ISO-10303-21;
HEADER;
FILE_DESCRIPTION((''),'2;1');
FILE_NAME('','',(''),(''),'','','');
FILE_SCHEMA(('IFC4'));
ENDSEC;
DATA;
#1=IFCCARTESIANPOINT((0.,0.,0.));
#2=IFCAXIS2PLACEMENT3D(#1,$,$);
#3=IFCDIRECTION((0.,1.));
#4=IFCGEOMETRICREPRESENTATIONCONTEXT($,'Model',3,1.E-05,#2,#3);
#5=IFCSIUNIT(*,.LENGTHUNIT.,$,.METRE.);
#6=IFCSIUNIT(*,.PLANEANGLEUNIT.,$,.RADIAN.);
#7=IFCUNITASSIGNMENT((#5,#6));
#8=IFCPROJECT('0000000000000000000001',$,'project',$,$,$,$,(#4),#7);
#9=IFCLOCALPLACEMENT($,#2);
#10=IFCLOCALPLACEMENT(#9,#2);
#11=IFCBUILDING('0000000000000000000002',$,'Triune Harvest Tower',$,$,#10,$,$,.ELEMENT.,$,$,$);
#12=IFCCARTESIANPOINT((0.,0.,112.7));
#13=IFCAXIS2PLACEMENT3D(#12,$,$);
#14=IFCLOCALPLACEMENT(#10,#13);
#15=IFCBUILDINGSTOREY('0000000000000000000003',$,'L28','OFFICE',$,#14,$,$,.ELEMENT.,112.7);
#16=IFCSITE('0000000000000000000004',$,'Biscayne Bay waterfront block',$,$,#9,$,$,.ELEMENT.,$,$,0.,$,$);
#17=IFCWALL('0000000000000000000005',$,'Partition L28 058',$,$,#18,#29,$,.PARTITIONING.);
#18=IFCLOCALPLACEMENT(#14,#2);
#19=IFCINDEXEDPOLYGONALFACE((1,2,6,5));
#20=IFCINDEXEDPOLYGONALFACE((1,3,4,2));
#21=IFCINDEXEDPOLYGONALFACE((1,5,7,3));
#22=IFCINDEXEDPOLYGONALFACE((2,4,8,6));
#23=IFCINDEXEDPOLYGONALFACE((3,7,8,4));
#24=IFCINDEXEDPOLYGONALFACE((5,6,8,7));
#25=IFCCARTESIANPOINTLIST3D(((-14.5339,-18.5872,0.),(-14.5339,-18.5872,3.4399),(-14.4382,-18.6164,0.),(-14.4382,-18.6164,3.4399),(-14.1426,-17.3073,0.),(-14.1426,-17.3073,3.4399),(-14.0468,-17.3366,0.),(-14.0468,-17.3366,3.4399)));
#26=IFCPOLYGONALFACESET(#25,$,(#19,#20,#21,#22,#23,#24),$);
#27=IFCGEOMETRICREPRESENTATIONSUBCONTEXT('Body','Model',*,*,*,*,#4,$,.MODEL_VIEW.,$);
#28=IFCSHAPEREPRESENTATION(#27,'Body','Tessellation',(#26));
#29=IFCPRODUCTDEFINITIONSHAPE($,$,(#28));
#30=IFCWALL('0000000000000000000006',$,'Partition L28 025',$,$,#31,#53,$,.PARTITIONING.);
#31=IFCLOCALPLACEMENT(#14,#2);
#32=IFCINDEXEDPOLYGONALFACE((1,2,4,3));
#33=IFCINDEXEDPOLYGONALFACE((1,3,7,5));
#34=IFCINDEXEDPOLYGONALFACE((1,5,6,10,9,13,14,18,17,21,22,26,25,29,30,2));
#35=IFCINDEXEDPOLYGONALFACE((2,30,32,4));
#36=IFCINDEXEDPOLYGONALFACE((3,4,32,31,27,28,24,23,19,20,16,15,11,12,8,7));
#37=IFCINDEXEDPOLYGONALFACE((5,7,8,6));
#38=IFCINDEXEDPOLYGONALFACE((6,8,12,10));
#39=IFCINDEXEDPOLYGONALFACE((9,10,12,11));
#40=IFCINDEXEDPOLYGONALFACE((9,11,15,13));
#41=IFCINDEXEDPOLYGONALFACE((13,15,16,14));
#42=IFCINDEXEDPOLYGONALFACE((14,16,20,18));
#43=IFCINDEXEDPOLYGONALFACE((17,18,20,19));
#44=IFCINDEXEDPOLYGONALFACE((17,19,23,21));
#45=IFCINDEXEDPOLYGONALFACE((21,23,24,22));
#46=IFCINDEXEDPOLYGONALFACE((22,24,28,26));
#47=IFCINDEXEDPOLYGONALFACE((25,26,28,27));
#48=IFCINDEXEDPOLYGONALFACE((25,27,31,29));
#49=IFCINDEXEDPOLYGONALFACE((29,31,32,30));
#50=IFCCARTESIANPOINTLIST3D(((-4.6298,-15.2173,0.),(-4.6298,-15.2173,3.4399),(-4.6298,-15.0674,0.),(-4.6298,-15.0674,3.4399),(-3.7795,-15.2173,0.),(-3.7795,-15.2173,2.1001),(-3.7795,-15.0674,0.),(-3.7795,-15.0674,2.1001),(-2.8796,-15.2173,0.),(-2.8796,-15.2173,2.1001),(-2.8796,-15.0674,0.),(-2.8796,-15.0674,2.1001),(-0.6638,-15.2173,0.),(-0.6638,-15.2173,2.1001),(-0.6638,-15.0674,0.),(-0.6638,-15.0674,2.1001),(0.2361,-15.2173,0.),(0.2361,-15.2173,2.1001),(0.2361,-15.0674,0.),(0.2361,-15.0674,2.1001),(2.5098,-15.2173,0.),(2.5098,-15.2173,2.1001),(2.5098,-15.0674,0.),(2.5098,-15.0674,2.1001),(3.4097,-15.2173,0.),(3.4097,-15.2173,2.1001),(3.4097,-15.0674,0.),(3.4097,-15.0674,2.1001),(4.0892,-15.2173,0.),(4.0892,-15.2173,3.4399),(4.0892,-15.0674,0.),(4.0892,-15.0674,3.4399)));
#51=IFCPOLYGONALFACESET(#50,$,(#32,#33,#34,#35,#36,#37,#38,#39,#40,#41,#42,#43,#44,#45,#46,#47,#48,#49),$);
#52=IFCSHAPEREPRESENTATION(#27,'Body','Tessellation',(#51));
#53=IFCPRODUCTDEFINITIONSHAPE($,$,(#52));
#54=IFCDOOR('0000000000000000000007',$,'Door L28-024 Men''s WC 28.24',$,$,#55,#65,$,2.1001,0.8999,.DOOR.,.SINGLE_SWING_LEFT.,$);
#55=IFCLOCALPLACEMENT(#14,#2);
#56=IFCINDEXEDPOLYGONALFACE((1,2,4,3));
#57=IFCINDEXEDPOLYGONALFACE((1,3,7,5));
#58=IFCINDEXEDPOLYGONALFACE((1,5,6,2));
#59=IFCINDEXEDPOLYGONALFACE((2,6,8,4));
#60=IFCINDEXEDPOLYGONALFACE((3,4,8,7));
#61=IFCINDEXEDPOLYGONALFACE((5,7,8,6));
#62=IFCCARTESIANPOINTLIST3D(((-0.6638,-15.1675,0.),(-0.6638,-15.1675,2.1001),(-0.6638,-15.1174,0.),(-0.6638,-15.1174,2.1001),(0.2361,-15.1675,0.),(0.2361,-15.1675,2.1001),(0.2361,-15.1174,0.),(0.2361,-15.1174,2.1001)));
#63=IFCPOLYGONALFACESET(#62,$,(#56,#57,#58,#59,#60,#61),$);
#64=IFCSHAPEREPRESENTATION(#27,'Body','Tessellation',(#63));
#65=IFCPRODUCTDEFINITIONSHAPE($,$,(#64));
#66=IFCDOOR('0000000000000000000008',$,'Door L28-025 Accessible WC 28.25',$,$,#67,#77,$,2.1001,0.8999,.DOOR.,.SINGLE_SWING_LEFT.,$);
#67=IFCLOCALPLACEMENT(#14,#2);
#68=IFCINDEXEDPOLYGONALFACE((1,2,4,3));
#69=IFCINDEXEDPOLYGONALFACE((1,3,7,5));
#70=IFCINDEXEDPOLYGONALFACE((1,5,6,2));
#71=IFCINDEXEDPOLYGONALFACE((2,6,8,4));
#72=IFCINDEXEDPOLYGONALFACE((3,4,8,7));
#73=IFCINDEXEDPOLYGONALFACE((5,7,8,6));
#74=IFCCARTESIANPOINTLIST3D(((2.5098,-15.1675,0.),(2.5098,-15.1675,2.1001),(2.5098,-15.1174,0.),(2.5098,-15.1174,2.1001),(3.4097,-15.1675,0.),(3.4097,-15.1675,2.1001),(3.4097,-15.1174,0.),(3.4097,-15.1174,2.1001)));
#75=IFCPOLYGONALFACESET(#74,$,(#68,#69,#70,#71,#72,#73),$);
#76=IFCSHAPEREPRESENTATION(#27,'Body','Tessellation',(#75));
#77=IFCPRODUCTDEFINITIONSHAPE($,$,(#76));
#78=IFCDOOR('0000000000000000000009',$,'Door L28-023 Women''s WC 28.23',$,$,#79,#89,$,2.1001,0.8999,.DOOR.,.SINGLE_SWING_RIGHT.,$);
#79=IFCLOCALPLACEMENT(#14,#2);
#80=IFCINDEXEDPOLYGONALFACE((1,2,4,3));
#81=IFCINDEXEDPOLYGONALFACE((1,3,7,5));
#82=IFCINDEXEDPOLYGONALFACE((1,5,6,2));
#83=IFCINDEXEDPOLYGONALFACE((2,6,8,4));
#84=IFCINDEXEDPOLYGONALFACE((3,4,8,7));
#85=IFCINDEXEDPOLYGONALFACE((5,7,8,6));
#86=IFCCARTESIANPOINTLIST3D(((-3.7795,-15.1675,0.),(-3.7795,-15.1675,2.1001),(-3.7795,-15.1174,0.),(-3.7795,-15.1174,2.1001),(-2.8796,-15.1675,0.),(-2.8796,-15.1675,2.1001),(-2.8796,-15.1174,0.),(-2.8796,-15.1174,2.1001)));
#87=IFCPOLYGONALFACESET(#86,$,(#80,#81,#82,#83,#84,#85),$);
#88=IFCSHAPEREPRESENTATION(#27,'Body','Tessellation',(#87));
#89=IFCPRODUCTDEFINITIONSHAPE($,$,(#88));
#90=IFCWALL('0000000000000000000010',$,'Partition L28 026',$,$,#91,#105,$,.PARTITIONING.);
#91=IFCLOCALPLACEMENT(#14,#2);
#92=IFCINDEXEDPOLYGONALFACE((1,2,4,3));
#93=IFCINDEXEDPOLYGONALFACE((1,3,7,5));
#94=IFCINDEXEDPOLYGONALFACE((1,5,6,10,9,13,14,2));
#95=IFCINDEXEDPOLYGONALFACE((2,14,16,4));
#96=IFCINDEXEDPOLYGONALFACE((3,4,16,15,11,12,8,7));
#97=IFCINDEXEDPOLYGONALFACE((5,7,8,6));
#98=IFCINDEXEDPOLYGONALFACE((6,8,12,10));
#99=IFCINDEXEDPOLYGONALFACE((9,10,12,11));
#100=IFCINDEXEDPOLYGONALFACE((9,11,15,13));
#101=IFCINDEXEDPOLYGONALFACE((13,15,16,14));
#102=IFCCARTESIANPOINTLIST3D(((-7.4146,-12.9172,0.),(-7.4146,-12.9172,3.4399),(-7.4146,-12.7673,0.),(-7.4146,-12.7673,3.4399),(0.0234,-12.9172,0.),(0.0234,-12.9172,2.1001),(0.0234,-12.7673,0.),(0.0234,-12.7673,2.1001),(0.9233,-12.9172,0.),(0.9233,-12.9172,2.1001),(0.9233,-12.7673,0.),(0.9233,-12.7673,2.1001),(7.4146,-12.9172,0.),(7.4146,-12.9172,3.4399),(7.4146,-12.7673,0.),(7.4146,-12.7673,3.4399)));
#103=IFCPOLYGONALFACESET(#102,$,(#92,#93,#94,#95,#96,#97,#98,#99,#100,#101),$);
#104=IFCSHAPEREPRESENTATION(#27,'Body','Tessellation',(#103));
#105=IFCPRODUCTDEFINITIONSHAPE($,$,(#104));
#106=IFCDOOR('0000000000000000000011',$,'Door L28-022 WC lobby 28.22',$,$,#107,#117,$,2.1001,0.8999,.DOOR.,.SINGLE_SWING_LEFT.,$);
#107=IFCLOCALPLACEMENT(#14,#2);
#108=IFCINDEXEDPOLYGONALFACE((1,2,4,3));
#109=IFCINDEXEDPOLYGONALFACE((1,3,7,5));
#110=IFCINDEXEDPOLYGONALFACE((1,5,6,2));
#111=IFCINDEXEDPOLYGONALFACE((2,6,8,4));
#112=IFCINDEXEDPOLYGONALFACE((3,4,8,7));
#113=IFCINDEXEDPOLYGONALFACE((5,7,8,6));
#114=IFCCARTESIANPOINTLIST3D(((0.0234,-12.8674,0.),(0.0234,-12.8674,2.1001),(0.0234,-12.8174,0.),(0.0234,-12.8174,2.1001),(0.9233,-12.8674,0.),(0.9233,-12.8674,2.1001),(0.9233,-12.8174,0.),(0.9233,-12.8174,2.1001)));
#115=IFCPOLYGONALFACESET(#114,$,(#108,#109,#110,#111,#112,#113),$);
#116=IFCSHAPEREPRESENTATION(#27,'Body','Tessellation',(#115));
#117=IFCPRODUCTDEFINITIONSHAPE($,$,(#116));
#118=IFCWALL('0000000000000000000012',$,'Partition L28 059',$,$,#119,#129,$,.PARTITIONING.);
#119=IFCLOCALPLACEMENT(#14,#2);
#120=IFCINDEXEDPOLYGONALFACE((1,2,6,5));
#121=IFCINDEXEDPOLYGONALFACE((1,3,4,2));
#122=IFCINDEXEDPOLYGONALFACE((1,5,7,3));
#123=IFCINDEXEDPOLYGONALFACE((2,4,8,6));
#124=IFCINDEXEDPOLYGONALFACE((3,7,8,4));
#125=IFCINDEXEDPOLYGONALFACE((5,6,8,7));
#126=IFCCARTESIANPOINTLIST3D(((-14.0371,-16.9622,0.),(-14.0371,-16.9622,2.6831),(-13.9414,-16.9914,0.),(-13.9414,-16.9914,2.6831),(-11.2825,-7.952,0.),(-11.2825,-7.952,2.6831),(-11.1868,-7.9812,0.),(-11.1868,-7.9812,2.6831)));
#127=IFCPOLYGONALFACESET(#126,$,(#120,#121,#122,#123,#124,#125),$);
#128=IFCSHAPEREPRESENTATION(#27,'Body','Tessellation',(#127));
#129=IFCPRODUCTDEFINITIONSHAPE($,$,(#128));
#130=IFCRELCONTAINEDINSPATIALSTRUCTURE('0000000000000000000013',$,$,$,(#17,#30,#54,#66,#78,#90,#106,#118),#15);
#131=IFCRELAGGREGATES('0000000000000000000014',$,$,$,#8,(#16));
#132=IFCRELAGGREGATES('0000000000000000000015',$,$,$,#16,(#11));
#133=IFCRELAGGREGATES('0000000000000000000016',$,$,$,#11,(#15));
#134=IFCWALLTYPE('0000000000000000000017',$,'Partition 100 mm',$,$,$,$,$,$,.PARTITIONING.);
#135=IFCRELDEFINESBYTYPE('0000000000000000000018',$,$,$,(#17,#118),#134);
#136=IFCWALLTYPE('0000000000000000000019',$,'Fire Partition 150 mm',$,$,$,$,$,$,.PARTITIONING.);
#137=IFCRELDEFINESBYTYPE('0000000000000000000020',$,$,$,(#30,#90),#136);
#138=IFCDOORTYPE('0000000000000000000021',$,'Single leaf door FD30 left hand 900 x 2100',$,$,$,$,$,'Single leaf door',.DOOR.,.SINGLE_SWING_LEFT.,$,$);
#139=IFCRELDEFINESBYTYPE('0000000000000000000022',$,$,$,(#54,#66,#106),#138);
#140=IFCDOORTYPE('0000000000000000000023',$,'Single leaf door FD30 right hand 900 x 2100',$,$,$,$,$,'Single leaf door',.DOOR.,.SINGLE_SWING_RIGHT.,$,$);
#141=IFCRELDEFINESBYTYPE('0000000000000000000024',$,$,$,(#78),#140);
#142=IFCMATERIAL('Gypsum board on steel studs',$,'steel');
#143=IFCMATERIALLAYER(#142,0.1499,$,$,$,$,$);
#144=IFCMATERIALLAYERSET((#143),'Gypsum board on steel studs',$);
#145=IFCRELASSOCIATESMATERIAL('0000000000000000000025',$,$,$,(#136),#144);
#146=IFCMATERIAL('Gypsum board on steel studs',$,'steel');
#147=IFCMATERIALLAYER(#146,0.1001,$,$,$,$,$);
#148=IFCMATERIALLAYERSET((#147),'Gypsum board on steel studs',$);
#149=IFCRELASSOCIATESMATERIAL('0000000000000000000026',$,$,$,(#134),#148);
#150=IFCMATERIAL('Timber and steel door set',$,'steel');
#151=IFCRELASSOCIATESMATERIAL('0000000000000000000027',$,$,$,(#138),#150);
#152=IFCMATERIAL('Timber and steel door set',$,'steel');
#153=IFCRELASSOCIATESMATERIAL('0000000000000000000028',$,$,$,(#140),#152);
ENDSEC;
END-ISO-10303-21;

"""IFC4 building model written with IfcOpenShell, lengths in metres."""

from ifc_helpers import new_model, si_unit, direction, frame, frame_2d, origin, place, context, subcontext, project, spatial, rectangle, extrude, source, transform, mapped, material, layer, layer_set, type_object, element, fill, save


model = new_model("IFC4")

# Units and contexts
model_context = context("Model", 3, precision=1e-05, world=origin(), true_north=direction((0.0, 1.0)))
body_context = subcontext(model_context, "Body", "Model", "MODEL_VIEW")
ifc_project = project(units=[si_unit("LENGTHUNIT", "METRE"), si_unit("PLANEANGLEUNIT", "RADIAN")], contexts=[model_context])

# Site, building, storey
site_placement = place(None, origin())
site = spatial("IfcSite", under=ifc_project, at=site_placement, Name="Biscayne Bay waterfront block", CompositionType="ELEMENT", RefElevation=0.0)
building_placement = place(site_placement, origin())
building = spatial("IfcBuilding", under=site, at=building_placement, Name="Triune Harvest Tower", CompositionType="ELEMENT")
storey_placement = place(building_placement, frame((0.0, 0.0, 112.7)))
storey = spatial("IfcBuildingStorey", under=building, at=storey_placement, Name="L28", Description="OFFICE", CompositionType="ELEMENT", Elevation=112.7)

# Wall
ifc_material_1 = material(Name="Gypsum board on steel studs", Category="steel")
ifc_layer_1 = layer(ifc_material_1, 0.1499)
ifc_layer_set_1 = layer_set([ifc_layer_1], Name="Gypsum board on steel studs")
wall_type_1 = type_object("IfcWallType", Name="Fire Partition 150 mm", PredefinedType="PARTITIONING", material=ifc_layer_set_1)
ifc_material_2 = material(Name="Gypsum board on steel studs", Category="steel")
ifc_layer_2 = layer(ifc_material_2, 0.1001)
ifc_layer_set_2 = layer_set([ifc_layer_2], Name="Gypsum board on steel studs")
wall_type_2 = type_object("IfcWallType", Name="Partition 100 mm", PredefinedType="PARTITIONING", material=ifc_layer_set_2)
shared_shape_1 = source(origin(), body_context, "Body", "SweptSolid", [
    extrude(rectangle(XDim=1.3384, YDim=0.1001, at=frame_2d((0.6692, 0.0))), origin(), (0.0, 0.0, 1.0), 3.4399),
])
wall_1_placement = place(storey_placement, frame((-14.4861, -18.6018, 0.0), z_axis=(0.0, 0.0, 1.0), x_axis=(0.292432, 0.956286, 0.0)))
element("IfcWall", 1, at=wall_1_placement, inside=storey, type_object=wall_type_2, Name="Partition L28 058", PredefinedType="PARTITIONING", context=body_context, shape_type="MappedRepresentation", body=[
    mapped(shared_shape_1, transform((0.0, 0.0, 0.0), scale=1.0)),
])

# Wall, openings, doors
shared_shape_2 = source(origin(), body_context, "Body", "SweptSolid", [
    extrude(rectangle(XDim=8.719, YDim=0.1499, at=frame_2d((4.3594, 0.0))), origin(), (0.0, 0.0, 1.0), 3.4399),
])
wall_2_placement = place(storey_placement, frame((-4.6296, -15.1423, 0.0), z_axis=(0.0, 0.0, 1.0), x_axis=(1.0, 0.0, 0.0)))
wall_2 = element("IfcWall", 2, at=wall_2_placement, inside=storey, type_object=wall_type_1, Name="Partition L28 025", PredefinedType="PARTITIONING", context=body_context, shape_type="MappedRepresentation", body=[
    mapped(shared_shape_2, transform((0.0, 0.0, 0.0), scale=1.0)),
])
opening_1_placement = place(wall_2_placement, frame((0.8501, 0.0, 0.0)))
opening_1 = element("IfcOpeningElement", 3, at=opening_1_placement, cuts=wall_2, PredefinedType="OPENING", context=body_context, shape_type="SweptSolid", body=[
    extrude(rectangle(XDim=0.8999, YDim=2.1001, at=frame_2d((0.45, 1.05))), frame((0.0, 0.085, 0.0), z_axis=(0.0, -1.0, 0.0), x_axis=(1.0, 0.0, 0.0)), (0.0, 0.0, 1.0), 0.1699),
])
opening_2_placement = place(wall_2_placement, frame((3.9658, 0.0, 0.0)))
opening_2 = element("IfcOpeningElement", 4, at=opening_2_placement, cuts=wall_2, PredefinedType="OPENING", context=body_context, shape_type="SweptSolid", body=[
    extrude(rectangle(XDim=0.8999, YDim=2.1001, at=frame_2d((0.45, 1.05))), frame((0.0, 0.085, 0.0), z_axis=(0.0, -1.0, 0.0), x_axis=(1.0, 0.0, 0.0)), (0.0, 0.0, 1.0), 0.1699),
])
opening_3_placement = place(wall_2_placement, frame((7.1394, 0.0, 0.0)))
opening_3 = element("IfcOpeningElement", 5, at=opening_3_placement, cuts=wall_2, PredefinedType="OPENING", context=body_context, shape_type="SweptSolid", body=[
    extrude(rectangle(XDim=0.8999, YDim=2.1001, at=frame_2d((0.45, 1.05))), frame((0.0, 0.085, 0.0), z_axis=(0.0, -1.0, 0.0), x_axis=(1.0, 0.0, 0.0)), (0.0, 0.0, 1.0), 0.1699),
])
ifc_material_3 = material(Name="Timber and steel door set", Category="steel")
door_type_1 = type_object("IfcDoorType", Name="Single leaf door FD30 left hand 900 x 2100", ElementType="Single leaf door", OperationType="SINGLE_SWING_LEFT", PredefinedType="DOOR", material=ifc_material_3)
door_1_placement = place(opening_2_placement, origin())
door_1 = element("IfcDoor", 6, at=door_1_placement, inside=storey, type_object=door_type_1, Name="Door L28-024 Men's WC 28.24", OperationType="SINGLE_SWING_LEFT", OverallHeight=2.1001, OverallWidth=0.8999, PredefinedType="DOOR", context=body_context, shape_type="SweptSolid", body=[
    extrude(rectangle(XDim=0.8999, YDim=2.1001, at=frame_2d((0.45, 1.05))), frame((0.0, 0.0249, 0.0), z_axis=(0.0, -1.0, 0.0), x_axis=(1.0, 0.0, 0.0)), (0.0, 0.0, 1.0), 0.05),
])
fill(opening_2, door_1)
door_2_placement = place(opening_3_placement, origin())
door_2 = element("IfcDoor", 7, at=door_2_placement, inside=storey, type_object=door_type_1, Name="Door L28-025 Accessible WC 28.25", OperationType="SINGLE_SWING_LEFT", OverallHeight=2.1001, OverallWidth=0.8999, PredefinedType="DOOR", context=body_context, shape_type="SweptSolid", body=[
    extrude(rectangle(XDim=0.8999, YDim=2.1001, at=frame_2d((0.45, 1.05))), frame((0.0, 0.0249, 0.0), z_axis=(0.0, -1.0, 0.0), x_axis=(1.0, 0.0, 0.0)), (0.0, 0.0, 1.0), 0.05),
])
fill(opening_3, door_2)
ifc_material_4 = material(Name="Timber and steel door set", Category="steel")
door_type_2 = type_object("IfcDoorType", Name="Single leaf door FD30 right hand 900 x 2100", ElementType="Single leaf door", OperationType="SINGLE_SWING_RIGHT", PredefinedType="DOOR", material=ifc_material_4)
door_3_placement = place(opening_1_placement, origin())
door_3 = element("IfcDoor", 8, at=door_3_placement, inside=storey, type_object=door_type_2, Name="Door L28-023 Women's WC 28.23", OperationType="SINGLE_SWING_RIGHT", OverallHeight=2.1001, OverallWidth=0.8999, PredefinedType="DOOR", context=body_context, shape_type="SweptSolid", body=[
    extrude(rectangle(XDim=0.8999, YDim=2.1001, at=frame_2d((0.45, 1.05))), frame((0.0, 0.0249, 0.0), z_axis=(0.0, -1.0, 0.0), x_axis=(1.0, 0.0, 0.0)), (0.0, 0.0, 1.0), 0.05),
])
fill(opening_1, door_3)

# Wall, opening, door
shared_shape_3 = source(origin(), body_context, "Body", "SweptSolid", [
    extrude(rectangle(XDim=14.8291, YDim=0.1499, at=frame_2d((7.4146, 0.0))), origin(), (0.0, 0.0, 1.0), 3.4399),
])
wall_3_placement = place(storey_placement, frame((-7.4146, -12.8423, 0.0), z_axis=(0.0, 0.0, 1.0), x_axis=(1.0, 0.0, 0.0)))
wall_3 = element("IfcWall", 9, at=wall_3_placement, inside=storey, type_object=wall_type_1, Name="Partition L28 026", PredefinedType="PARTITIONING", context=body_context, shape_type="MappedRepresentation", body=[
    mapped(shared_shape_3, transform((0.0, 0.0, 0.0), scale=1.0)),
])
opening_4_placement = place(wall_3_placement, frame((7.438, 0.0, 0.0)))
opening_4 = element("IfcOpeningElement", 10, at=opening_4_placement, cuts=wall_3, PredefinedType="OPENING", context=body_context, shape_type="SweptSolid", body=[
    extrude(rectangle(XDim=0.8999, YDim=2.1001, at=frame_2d((0.45, 1.05))), frame((0.0, 0.085, 0.0), z_axis=(0.0, -1.0, 0.0), x_axis=(1.0, 0.0, 0.0)), (0.0, 0.0, 1.0), 0.1699),
])
door_4_placement = place(opening_4_placement, origin())
door_4 = element("IfcDoor", 11, at=door_4_placement, inside=storey, type_object=door_type_1, Name="Door L28-022 WC lobby 28.22", OperationType="SINGLE_SWING_LEFT", OverallHeight=2.1001, OverallWidth=0.8999, PredefinedType="DOOR", context=body_context, shape_type="SweptSolid", body=[
    extrude(rectangle(XDim=0.8999, YDim=2.1001, at=frame_2d((0.45, 1.05))), frame((0.0, 0.0249, 0.0), z_axis=(0.0, -1.0, 0.0), x_axis=(1.0, 0.0, 0.0)), (0.0, 0.0, 1.0), 0.05),
])
fill(opening_4, door_4)

# Wall
shared_shape_4 = source(origin(), body_context, "Body", "SweptSolid", [
    extrude(rectangle(XDim=9.4219, YDim=0.1001, at=frame_2d((4.7109, 0.0))), origin(), (0.0, 0.0, 1.0), 2.6831),
])
wall_4_placement = place(storey_placement, frame((-13.9893, -16.9768, 0.0), z_axis=(0.0, 0.0, 1.0), x_axis=(0.292365, 0.956307, 0.0)))
element("IfcWall", 12, at=wall_4_placement, inside=storey, type_object=wall_type_2, Name="Partition L28 059", PredefinedType="PARTITIONING", context=body_context, shape_type="MappedRepresentation", body=[
    mapped(shared_shape_4, transform((0.0, 0.0, 0.0), scale=1.0)),
])

save(model, "model.ifc")
